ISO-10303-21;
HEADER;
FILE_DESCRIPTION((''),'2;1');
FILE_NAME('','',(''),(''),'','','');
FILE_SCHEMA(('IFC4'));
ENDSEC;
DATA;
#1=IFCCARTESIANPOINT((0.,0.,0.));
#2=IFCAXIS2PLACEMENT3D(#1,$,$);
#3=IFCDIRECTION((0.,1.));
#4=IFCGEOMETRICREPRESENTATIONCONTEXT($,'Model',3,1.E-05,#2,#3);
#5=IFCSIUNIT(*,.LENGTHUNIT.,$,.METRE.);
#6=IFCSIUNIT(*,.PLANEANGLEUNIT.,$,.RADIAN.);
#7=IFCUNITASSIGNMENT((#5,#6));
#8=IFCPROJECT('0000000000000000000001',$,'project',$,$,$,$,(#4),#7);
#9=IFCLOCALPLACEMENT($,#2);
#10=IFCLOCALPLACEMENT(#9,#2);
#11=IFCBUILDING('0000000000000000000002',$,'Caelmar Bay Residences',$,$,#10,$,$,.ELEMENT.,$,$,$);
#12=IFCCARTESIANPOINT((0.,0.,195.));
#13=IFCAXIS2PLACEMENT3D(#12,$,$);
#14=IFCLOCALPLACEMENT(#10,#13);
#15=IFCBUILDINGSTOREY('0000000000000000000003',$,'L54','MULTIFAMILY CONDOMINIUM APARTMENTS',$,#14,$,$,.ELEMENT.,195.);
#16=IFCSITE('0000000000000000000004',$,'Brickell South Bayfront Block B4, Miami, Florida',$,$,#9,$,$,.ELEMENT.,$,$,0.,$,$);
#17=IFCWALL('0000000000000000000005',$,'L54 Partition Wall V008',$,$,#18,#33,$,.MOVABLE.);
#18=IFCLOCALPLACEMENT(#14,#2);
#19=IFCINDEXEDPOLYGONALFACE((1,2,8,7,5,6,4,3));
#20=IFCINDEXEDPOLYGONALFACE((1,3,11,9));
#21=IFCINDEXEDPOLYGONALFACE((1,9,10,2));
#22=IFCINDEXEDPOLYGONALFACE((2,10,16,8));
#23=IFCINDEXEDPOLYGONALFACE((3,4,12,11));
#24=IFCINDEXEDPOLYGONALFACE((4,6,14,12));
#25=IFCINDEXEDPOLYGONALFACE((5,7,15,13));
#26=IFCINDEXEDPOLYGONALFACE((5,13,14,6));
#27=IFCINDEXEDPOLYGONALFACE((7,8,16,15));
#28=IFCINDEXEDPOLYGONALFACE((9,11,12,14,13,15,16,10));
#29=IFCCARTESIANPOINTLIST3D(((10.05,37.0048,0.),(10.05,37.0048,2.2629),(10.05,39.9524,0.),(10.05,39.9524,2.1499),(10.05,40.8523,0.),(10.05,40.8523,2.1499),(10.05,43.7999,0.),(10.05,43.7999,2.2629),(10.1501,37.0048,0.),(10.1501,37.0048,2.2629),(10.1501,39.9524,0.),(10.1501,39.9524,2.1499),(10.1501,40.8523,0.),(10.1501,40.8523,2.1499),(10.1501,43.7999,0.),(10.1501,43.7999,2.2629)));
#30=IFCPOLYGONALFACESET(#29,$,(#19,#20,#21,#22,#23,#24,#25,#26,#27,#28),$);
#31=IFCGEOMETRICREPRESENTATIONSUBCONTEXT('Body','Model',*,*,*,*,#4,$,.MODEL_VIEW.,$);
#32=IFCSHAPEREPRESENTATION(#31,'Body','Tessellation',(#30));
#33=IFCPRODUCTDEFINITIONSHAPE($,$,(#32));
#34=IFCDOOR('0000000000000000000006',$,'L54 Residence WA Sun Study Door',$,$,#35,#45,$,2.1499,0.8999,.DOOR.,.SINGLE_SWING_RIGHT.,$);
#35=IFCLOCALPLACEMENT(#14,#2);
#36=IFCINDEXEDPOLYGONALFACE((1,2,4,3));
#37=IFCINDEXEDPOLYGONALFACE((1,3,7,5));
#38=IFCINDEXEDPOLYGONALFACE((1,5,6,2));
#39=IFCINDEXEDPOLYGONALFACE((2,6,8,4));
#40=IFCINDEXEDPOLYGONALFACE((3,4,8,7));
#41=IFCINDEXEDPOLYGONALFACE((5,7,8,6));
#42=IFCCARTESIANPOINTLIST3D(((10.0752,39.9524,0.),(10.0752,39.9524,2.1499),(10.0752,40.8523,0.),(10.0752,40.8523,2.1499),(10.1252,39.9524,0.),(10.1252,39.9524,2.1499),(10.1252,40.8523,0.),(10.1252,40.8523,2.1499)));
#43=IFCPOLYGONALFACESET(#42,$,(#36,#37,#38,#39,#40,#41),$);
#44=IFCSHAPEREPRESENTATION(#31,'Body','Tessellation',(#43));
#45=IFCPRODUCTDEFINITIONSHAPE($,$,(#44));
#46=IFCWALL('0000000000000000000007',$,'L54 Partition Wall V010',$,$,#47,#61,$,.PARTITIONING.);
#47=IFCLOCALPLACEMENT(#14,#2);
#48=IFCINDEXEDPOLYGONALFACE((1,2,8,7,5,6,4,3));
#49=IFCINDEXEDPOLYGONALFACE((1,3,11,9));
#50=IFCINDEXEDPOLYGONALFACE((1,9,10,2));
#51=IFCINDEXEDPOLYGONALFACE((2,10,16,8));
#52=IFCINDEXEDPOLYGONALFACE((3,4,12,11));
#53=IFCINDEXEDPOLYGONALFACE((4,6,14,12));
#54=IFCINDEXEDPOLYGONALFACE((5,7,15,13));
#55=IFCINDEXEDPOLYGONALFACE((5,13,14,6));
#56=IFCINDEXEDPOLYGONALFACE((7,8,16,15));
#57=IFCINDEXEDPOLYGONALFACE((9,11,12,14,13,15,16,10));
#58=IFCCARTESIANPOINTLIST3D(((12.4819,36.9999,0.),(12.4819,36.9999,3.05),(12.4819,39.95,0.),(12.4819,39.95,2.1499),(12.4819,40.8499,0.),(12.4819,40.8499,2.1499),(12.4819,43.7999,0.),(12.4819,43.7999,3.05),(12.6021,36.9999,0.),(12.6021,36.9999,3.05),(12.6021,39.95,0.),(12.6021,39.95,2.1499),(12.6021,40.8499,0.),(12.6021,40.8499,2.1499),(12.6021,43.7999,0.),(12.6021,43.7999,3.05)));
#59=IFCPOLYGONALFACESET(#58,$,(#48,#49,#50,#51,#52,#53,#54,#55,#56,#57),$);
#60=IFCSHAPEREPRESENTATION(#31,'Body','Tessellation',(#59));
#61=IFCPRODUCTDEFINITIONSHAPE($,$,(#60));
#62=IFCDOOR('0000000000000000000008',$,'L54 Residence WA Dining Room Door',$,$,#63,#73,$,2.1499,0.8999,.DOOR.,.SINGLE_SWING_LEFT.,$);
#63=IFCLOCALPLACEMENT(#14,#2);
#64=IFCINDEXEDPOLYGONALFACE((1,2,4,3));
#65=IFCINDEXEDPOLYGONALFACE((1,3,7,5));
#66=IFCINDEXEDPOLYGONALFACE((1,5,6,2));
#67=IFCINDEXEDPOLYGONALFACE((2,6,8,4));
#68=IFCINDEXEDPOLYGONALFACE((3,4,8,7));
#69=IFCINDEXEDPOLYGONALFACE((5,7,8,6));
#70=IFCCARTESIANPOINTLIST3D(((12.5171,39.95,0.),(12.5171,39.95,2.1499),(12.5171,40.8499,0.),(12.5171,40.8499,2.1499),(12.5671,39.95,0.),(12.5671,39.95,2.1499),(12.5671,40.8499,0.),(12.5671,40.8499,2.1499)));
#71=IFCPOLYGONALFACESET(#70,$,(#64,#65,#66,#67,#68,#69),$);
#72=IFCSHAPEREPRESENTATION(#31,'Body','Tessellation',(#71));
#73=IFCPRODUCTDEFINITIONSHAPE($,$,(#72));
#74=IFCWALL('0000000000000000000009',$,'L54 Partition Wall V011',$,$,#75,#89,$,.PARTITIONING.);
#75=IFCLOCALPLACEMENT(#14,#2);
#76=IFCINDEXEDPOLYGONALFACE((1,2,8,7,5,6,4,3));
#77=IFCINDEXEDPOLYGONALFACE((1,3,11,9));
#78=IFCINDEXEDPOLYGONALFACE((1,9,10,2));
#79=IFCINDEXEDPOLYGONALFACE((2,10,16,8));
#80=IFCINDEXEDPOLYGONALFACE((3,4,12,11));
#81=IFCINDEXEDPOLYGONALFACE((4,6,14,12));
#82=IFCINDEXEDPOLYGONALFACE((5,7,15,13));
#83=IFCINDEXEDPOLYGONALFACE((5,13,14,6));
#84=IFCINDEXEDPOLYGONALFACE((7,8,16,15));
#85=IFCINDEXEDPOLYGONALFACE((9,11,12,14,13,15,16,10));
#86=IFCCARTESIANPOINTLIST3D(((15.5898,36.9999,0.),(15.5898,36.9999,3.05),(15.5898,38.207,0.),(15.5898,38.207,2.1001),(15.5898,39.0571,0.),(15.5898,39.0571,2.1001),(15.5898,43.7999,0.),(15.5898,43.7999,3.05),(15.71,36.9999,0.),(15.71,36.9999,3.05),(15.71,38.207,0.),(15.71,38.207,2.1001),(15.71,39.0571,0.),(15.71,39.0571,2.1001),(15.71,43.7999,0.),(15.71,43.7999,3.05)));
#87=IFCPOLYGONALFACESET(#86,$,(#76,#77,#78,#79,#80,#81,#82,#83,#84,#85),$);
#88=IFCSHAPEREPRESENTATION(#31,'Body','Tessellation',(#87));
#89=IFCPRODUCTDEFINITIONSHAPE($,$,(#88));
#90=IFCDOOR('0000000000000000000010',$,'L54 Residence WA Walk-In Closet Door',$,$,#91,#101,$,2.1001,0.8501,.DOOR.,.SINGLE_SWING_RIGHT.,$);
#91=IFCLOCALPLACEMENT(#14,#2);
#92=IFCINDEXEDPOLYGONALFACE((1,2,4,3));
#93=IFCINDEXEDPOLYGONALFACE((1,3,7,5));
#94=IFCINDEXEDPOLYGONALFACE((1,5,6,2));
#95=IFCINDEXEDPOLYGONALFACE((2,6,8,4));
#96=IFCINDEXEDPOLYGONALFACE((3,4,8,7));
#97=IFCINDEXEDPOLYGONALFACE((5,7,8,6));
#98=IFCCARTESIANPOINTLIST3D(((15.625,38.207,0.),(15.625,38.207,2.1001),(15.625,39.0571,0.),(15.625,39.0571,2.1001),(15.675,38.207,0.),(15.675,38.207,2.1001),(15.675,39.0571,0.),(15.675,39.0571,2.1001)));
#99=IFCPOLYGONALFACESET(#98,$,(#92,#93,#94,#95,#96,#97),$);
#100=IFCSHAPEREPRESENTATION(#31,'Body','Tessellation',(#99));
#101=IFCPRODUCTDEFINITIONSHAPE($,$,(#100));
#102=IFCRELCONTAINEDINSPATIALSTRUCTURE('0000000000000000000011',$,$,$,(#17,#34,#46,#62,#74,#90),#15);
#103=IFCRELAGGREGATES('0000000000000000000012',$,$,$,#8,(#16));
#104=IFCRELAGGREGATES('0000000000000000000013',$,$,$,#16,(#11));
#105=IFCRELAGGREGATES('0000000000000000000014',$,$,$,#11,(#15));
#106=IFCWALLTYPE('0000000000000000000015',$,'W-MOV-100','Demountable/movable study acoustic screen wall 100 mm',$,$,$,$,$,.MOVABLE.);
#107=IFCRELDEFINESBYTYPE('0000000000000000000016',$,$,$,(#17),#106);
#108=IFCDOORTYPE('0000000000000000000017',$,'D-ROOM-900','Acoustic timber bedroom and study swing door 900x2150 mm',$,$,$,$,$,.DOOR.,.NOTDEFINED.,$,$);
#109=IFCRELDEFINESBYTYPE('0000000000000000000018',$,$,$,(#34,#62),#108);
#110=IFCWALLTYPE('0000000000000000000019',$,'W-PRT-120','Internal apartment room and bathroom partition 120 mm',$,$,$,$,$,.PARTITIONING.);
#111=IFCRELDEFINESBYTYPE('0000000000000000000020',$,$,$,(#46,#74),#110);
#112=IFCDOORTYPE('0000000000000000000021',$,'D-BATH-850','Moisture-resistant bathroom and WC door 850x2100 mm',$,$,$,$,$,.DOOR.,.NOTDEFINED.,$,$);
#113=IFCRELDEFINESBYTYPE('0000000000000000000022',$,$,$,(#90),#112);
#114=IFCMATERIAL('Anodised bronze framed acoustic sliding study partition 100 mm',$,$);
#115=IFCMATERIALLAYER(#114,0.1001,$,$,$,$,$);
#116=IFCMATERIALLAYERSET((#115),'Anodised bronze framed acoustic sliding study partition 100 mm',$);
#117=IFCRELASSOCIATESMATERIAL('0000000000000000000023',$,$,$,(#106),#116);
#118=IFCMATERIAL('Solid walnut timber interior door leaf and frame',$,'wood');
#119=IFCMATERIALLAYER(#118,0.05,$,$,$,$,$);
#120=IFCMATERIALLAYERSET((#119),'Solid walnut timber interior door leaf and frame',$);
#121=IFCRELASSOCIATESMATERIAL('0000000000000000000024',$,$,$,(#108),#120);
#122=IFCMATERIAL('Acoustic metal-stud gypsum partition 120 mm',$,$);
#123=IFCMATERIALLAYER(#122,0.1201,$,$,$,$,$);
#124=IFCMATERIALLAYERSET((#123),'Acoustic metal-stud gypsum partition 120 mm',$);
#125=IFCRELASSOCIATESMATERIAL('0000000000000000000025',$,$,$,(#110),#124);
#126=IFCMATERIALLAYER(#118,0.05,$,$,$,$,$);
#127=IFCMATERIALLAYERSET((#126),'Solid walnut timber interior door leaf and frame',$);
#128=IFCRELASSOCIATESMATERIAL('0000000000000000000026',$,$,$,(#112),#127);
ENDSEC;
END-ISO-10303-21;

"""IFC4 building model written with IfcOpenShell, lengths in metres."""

from ifc_helpers import new_model, si_unit, direction, frame, frame_2d, origin, place, context, subcontext, project, spatial, rectangle, extrude, material, layer, layer_set, type_object, element, fill, save


model = new_model("IFC4")

# Units and contexts
model_context = context("Model", 3, precision=1e-05, world=origin(), true_north=direction((0.0, 1.0)))
body_context = subcontext(model_context, "Body", "Model", "MODEL_VIEW")
ifc_project = project(units=[si_unit("LENGTHUNIT", "METRE"), si_unit("PLANEANGLEUNIT", "RADIAN")], contexts=[model_context])

# Site, building, storey
site_placement = place(None, origin())
site = spatial("IfcSite", under=ifc_project, at=site_placement, Name="Brickell South Bayfront Block B4, Miami, Florida", CompositionType="ELEMENT", RefElevation=0.0)
building_placement = place(site_placement, origin())
building = spatial("IfcBuilding", under=site, at=building_placement, Name="Caelmar Bay Residences", CompositionType="ELEMENT")
storey_placement = place(building_placement, frame((0.0, 0.0, 195.0)))
storey = spatial("IfcBuildingStorey", under=building, at=storey_placement, Name="L54", Description="MULTIFAMILY CONDOMINIUM APARTMENTS", CompositionType="ELEMENT", Elevation=195.0)

# Walls, openings, doors
ifc_material_1 = material(Name="Anodised bronze framed acoustic sliding study partition 100 mm")
ifc_layer_1 = layer(ifc_material_1, 0.1001)
ifc_layer_set_1 = layer_set([ifc_layer_1], Name="Anodised bronze framed acoustic sliding study partition 100 mm")
wall_type_1 = type_object("IfcWallType", Name="W-MOV-100", Description="Demountable/movable study acoustic screen wall 100 mm", PredefinedType="MOVABLE", material=ifc_layer_set_1)
wall_1_placement = place(storey_placement, frame((10.1001, 37.0049, 0.0), z_axis=(0.0, 0.0, 1.0), x_axis=(0.0, 1.0, 0.0)))
wall_1 = element("IfcWall", 1, at=wall_1_placement, inside=storey, type_object=wall_type_1, Name="L54 Partition Wall V008", PredefinedType="MOVABLE", context=body_context, shape_type="SweptSolid", body=[
    extrude(rectangle(XDim=6.7952, YDim=0.1001, at=frame_2d((3.3975, 0.0))), origin(), (0.0, 0.0, 1.0), 2.2629),
])
opening_1_placement = place(wall_1_placement, frame((2.9475, 0.0, 0.0)))
opening_1 = element("IfcOpeningElement", 2, at=opening_1_placement, cuts=wall_1, PredefinedType="OPENING", context=body_context, shape_type="SweptSolid", body=[
    extrude(rectangle(XDim=0.8999, YDim=2.1499, at=frame_2d((0.45, 1.075))), frame((0.0, 0.0601, 0.0), z_axis=(0.0, -1.0, 0.0), x_axis=(1.0, 0.0, 0.0)), (0.0, 0.0, 1.0), 0.1201),
])
ifc_material_2 = material(Name="Solid walnut timber interior door leaf and frame", Category="wood")
ifc_layer_2 = layer(ifc_material_2, 0.05)
ifc_layer_set_2 = layer_set([ifc_layer_2], Name="Solid walnut timber interior door leaf and frame")
door_type_1 = type_object("IfcDoorType", Name="D-ROOM-900", Description="Acoustic timber bedroom and study swing door 900x2150 mm", OperationType="NOTDEFINED", PredefinedType="DOOR", material=ifc_layer_set_2)
door_1_placement = place(opening_1_placement, origin())
door_1 = element("IfcDoor", 3, at=door_1_placement, inside=storey, type_object=door_type_1, Name="L54 Residence WA Sun Study Door", OperationType="SINGLE_SWING_RIGHT", OverallHeight=2.1499, OverallWidth=0.8999, PredefinedType="DOOR", context=body_context, shape_type="SweptSolid", body=[
    extrude(rectangle(XDim=0.8999, YDim=2.1499, at=frame_2d((0.45, 1.075))), frame((0.0, 0.0249, 0.0), z_axis=(0.0, -1.0, 0.0), x_axis=(1.0, 0.0, 0.0)), (0.0, 0.0, 1.0), 0.05),
])
fill(opening_1, door_1)
ifc_material_3 = material(Name="Acoustic metal-stud gypsum partition 120 mm")
ifc_layer_3 = layer(ifc_material_3, 0.1201)
ifc_layer_set_3 = layer_set([ifc_layer_3], Name="Acoustic metal-stud gypsum partition 120 mm")
wall_type_2 = type_object("IfcWallType", Name="W-PRT-120", Description="Internal apartment room and bathroom partition 120 mm", PredefinedType="PARTITIONING", material=ifc_layer_set_3)
wall_2_placement = place(storey_placement, frame((12.542, 37.0, 0.0), z_axis=(0.0, 0.0, 1.0), x_axis=(0.0, 1.0, 0.0)))
wall_2 = element("IfcWall", 4, at=wall_2_placement, inside=storey, type_object=wall_type_2, Name="L54 Partition Wall V010", PredefinedType="PARTITIONING", context=body_context, shape_type="SweptSolid", body=[
    extrude(rectangle(XDim=6.8, YDim=0.1201, at=frame_2d((3.3999, 0.0))), origin(), (0.0, 0.0, 1.0), 3.05),
])
opening_2_placement = place(wall_2_placement, frame((2.95, 0.0, 0.0)))
opening_2 = element("IfcOpeningElement", 5, at=opening_2_placement, cuts=wall_2, PredefinedType="OPENING", context=body_context, shape_type="SweptSolid", body=[
    extrude(rectangle(XDim=0.8999, YDim=2.1499, at=frame_2d((0.45, 1.075))), frame((0.0, 0.0701, 0.0), z_axis=(0.0, -1.0, 0.0), x_axis=(1.0, 0.0, 0.0)), (0.0, 0.0, 1.0), 0.1401),
])
door_2_placement = place(opening_2_placement, origin())
door_2 = element("IfcDoor", 6, at=door_2_placement, inside=storey, type_object=door_type_1, Name="L54 Residence WA Dining Room Door", OperationType="SINGLE_SWING_LEFT", OverallHeight=2.1499, OverallWidth=0.8999, PredefinedType="DOOR", context=body_context, shape_type="SweptSolid", body=[
    extrude(rectangle(XDim=0.8999, YDim=2.1499, at=frame_2d((0.45, 1.075))), frame((0.0, 0.0249, 0.0), z_axis=(0.0, -1.0, 0.0), x_axis=(1.0, 0.0, 0.0)), (0.0, 0.0, 1.0), 0.05),
])
fill(opening_2, door_2)
wall_3_placement = place(storey_placement, frame((15.6499, 37.0, 0.0), z_axis=(0.0, 0.0, 1.0), x_axis=(0.0, 1.0, 0.0)))
wall_3 = element("IfcWall", 7, at=wall_3_placement, inside=storey, type_object=wall_type_2, Name="L54 Partition Wall V011", PredefinedType="PARTITIONING", context=body_context, shape_type="SweptSolid", body=[
    extrude(rectangle(XDim=6.8, YDim=0.1201, at=frame_2d((3.3999, 0.0))), origin(), (0.0, 0.0, 1.0), 3.05),
])
opening_3_placement = place(wall_3_placement, frame((1.207, 0.0, 0.0)))
opening_3 = element("IfcOpeningElement", 8, at=opening_3_placement, cuts=wall_3, PredefinedType="OPENING", context=body_context, shape_type="SweptSolid", body=[
    extrude(rectangle(XDim=0.8501, YDim=2.1001, at=frame_2d((0.425, 1.05))), frame((0.0, 0.0701, 0.0), z_axis=(0.0, -1.0, 0.0), x_axis=(1.0, 0.0, 0.0)), (0.0, 0.0, 1.0), 0.1401),
])
ifc_layer_4 = layer(ifc_material_2, 0.05)
ifc_layer_set_4 = layer_set([ifc_layer_4], Name="Solid walnut timber interior door leaf and frame")
door_type_2 = type_object("IfcDoorType", Name="D-BATH-850", Description="Moisture-resistant bathroom and WC door 850x2100 mm", OperationType="NOTDEFINED", PredefinedType="DOOR", material=ifc_layer_set_4)
door_3_placement = place(opening_3_placement, origin())
door_3 = element("IfcDoor", 9, at=door_3_placement, inside=storey, type_object=door_type_2, Name="L54 Residence WA Walk-In Closet Door", OperationType="SINGLE_SWING_RIGHT", OverallHeight=2.1001, OverallWidth=0.8501, PredefinedType="DOOR", context=body_context, shape_type="SweptSolid", body=[
    extrude(rectangle(XDim=0.8501, YDim=2.1001, at=frame_2d((0.425, 1.05))), frame((0.0, 0.0249, 0.0), z_axis=(0.0, -1.0, 0.0), x_axis=(1.0, 0.0, 0.0)), (0.0, 0.0, 1.0), 0.05),
])
fill(opening_3, door_3)

save(model, "model.ifc")
